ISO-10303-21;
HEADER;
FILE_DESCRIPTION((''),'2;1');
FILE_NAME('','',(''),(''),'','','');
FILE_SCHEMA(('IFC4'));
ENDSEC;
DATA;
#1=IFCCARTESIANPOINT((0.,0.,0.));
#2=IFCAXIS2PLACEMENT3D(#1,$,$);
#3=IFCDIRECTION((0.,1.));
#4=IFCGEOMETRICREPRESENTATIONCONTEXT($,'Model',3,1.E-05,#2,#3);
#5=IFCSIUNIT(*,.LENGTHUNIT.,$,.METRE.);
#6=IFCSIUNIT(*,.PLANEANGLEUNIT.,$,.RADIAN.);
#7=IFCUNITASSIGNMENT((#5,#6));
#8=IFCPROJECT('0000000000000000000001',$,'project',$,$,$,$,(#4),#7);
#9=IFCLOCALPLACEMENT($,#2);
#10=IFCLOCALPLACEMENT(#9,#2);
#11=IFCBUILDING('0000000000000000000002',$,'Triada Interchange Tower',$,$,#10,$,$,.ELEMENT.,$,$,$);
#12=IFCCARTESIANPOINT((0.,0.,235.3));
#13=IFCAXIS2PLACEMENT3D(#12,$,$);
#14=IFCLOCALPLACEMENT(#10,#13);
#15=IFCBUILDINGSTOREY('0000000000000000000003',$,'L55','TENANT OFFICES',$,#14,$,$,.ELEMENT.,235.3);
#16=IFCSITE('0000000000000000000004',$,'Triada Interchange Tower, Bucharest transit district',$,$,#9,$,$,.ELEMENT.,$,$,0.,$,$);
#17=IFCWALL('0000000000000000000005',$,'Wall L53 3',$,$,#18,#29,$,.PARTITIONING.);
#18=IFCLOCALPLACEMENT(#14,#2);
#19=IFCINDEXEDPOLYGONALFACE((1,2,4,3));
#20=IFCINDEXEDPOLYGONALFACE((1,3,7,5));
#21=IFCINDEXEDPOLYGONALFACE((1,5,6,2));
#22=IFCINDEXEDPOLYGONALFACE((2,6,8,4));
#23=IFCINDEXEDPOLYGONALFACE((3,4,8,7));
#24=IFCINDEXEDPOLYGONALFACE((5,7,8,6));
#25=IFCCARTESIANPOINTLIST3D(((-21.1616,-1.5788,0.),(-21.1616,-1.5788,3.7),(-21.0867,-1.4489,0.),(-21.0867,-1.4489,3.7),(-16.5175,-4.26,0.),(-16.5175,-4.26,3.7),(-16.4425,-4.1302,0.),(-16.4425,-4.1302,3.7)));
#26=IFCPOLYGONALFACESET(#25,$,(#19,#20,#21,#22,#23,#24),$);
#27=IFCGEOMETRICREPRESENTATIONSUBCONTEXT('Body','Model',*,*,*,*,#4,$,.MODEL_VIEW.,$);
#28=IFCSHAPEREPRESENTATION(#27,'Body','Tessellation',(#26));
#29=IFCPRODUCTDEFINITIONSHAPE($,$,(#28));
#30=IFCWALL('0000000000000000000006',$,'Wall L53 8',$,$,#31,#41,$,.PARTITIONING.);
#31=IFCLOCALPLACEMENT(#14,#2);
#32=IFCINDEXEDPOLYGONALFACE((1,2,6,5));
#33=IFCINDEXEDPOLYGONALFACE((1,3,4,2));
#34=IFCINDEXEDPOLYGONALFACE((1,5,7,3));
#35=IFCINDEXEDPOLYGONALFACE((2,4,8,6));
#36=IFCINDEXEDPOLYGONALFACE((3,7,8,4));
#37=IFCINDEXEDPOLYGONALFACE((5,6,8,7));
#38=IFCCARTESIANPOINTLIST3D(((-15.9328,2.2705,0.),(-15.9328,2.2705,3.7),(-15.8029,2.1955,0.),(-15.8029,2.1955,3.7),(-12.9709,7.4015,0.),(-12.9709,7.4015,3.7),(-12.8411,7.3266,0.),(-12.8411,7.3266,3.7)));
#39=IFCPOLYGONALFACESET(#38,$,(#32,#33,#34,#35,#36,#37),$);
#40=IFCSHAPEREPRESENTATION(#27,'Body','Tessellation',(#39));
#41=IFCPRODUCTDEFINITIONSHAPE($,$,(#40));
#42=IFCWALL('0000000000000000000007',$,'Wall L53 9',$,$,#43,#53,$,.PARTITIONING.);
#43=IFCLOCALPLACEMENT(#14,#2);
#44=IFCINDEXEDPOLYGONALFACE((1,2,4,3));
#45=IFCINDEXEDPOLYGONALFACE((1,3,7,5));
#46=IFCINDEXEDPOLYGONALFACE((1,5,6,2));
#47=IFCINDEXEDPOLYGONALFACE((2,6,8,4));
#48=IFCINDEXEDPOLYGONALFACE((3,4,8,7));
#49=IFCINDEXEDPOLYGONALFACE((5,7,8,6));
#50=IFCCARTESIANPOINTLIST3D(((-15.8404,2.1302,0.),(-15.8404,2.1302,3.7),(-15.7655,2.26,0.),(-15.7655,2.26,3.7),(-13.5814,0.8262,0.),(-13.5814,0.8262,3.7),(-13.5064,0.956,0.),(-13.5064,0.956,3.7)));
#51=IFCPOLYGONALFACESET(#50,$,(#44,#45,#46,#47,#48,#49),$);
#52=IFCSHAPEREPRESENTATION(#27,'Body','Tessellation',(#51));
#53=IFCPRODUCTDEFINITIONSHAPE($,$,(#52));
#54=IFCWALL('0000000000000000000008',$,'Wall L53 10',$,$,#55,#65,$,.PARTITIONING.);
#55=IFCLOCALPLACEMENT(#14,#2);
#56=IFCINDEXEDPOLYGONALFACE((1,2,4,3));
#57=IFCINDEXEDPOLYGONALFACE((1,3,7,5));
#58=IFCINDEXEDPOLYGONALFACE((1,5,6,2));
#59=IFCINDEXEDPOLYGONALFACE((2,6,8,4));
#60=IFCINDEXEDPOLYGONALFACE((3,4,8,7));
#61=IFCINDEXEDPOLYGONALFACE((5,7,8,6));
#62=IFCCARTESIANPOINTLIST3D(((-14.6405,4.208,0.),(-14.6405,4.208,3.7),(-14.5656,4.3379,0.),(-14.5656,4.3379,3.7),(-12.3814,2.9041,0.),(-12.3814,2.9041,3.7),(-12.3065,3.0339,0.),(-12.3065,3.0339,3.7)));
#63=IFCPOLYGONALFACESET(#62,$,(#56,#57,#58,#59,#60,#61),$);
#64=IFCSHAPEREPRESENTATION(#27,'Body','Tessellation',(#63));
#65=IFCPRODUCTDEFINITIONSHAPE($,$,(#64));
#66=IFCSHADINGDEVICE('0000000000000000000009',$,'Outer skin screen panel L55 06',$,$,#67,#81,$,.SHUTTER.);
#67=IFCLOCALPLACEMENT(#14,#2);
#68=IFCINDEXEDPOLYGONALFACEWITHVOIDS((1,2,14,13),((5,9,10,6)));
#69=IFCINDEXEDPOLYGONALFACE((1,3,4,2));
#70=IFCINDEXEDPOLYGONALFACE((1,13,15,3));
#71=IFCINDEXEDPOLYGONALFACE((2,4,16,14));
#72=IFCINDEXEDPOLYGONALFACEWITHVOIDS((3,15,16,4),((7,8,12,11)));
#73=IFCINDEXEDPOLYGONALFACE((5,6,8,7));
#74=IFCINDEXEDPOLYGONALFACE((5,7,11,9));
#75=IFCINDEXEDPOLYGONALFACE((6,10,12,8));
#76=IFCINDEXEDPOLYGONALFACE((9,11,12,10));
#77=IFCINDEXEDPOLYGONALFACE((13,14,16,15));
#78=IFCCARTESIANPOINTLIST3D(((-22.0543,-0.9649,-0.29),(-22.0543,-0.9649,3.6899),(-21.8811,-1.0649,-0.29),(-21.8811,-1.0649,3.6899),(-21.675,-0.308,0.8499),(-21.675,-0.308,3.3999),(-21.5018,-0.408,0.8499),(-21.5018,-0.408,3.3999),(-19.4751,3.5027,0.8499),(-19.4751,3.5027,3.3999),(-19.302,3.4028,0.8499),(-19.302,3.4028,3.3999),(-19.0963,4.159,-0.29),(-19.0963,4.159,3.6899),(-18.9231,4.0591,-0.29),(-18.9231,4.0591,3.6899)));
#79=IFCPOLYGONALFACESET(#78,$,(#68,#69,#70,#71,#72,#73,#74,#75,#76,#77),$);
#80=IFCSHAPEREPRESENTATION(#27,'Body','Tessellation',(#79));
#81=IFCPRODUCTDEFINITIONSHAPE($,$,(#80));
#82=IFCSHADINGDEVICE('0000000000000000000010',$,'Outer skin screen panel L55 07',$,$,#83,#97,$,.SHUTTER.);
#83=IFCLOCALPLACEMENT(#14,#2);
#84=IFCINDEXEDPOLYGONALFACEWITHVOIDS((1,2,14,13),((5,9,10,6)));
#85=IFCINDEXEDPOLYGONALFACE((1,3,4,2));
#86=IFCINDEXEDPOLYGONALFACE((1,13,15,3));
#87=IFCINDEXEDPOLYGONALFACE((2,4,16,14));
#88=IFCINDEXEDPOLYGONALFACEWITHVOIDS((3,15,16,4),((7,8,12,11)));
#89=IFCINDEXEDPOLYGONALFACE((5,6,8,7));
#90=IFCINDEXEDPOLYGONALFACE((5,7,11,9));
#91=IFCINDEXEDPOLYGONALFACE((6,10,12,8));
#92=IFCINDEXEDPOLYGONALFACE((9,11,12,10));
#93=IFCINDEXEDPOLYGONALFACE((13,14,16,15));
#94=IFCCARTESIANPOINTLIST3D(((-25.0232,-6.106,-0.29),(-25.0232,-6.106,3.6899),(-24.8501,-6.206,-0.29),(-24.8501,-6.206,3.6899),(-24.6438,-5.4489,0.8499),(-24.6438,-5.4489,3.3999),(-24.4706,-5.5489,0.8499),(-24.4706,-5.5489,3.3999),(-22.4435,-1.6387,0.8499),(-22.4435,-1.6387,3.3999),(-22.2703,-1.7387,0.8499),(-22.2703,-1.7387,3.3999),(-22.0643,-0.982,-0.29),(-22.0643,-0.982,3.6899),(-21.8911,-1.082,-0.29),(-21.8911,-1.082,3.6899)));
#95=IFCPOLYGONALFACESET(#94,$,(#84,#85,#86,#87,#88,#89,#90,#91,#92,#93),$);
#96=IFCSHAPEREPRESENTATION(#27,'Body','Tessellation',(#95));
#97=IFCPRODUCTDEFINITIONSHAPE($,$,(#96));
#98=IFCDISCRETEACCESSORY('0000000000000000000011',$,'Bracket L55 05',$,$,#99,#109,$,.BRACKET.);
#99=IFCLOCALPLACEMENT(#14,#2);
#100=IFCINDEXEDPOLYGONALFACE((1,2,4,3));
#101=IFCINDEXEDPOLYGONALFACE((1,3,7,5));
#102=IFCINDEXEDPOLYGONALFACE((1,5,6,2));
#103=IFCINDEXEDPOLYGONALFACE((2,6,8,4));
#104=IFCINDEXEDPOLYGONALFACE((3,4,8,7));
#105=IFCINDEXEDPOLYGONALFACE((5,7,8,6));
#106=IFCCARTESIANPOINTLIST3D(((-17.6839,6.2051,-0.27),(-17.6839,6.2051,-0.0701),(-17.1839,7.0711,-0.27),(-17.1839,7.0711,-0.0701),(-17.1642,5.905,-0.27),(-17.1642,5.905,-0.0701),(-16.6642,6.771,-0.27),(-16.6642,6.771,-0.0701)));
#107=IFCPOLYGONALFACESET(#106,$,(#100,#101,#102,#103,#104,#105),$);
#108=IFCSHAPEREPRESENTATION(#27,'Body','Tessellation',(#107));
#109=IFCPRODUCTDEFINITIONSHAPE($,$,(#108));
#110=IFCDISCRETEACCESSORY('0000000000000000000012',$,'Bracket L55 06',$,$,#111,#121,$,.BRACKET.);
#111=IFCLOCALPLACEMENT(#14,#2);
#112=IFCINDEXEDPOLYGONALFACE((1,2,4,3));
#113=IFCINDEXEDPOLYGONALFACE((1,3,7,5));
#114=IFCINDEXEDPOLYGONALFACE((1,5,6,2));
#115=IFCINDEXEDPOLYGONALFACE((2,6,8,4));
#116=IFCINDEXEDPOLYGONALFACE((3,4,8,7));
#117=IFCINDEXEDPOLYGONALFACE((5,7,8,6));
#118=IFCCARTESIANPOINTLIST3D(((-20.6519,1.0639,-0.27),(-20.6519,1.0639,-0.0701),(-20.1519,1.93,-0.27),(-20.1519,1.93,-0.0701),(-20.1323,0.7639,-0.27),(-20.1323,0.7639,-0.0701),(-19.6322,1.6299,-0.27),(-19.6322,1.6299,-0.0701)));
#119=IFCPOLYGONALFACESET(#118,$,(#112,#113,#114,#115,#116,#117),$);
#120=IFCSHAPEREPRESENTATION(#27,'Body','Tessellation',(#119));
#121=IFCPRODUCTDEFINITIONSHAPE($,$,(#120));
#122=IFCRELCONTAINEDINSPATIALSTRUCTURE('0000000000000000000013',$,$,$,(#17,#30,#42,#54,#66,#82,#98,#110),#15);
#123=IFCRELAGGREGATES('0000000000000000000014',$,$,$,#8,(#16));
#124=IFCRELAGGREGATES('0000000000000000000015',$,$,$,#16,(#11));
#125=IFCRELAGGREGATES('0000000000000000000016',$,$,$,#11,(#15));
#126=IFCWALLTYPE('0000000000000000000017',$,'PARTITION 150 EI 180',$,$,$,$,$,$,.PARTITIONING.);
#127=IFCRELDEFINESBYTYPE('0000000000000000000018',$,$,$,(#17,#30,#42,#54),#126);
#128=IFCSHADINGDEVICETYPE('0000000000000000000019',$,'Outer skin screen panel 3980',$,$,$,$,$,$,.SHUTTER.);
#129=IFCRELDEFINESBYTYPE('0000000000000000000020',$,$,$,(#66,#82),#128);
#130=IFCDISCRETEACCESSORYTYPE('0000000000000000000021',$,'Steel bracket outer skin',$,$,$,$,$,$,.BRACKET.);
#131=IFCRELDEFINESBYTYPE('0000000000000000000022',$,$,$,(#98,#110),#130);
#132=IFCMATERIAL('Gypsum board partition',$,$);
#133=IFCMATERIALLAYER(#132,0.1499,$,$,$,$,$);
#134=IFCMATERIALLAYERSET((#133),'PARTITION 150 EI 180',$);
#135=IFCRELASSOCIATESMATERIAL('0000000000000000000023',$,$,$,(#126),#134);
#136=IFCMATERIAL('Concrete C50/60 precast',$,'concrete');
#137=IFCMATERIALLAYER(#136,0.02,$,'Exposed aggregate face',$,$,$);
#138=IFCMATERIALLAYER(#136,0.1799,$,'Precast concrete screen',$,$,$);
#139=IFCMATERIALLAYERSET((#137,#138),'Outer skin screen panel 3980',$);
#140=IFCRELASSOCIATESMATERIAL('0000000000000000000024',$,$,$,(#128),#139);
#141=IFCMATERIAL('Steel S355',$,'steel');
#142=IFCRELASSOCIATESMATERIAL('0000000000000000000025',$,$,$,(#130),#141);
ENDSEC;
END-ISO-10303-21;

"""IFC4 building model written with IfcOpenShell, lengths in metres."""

from ifc_helpers import new_model, si_unit, direction, frame, frame_2d, origin, origin_2d, place, context, subcontext, project, spatial, polyline, rectangle, outline, extrude, material, layer, layer_set, type_object, element, save


model = new_model("IFC4")

# Units and contexts
model_context = context("Model", 3, precision=1e-05, world=origin(), true_north=direction((0.0, 1.0)))
body_context = subcontext(model_context, "Body", "Model", "MODEL_VIEW")
ifc_project = project(units=[si_unit("LENGTHUNIT", "METRE"), si_unit("PLANEANGLEUNIT", "RADIAN")], contexts=[model_context])

# Site, building, storey
site_placement = place(None, origin())
site = spatial("IfcSite", under=ifc_project, at=site_placement, Name="Triada Interchange Tower, Bucharest transit district", CompositionType="ELEMENT", RefElevation=0.0)
building_placement = place(site_placement, origin())
building = spatial("IfcBuilding", under=site, at=building_placement, Name="Triada Interchange Tower", CompositionType="ELEMENT")
storey_placement = place(building_placement, frame((0.0, 0.0, 235.3)))
storey = spatial("IfcBuildingStorey", under=building, at=storey_placement, Name="L55", Description="TENANT OFFICES", CompositionType="ELEMENT", Elevation=235.3)

# Walls
ifc_material_1 = material(Name="Gypsum board partition")
ifc_layer_1 = layer(ifc_material_1, 0.1499)
ifc_layer_set_1 = layer_set([ifc_layer_1], Name="PARTITION 150 EI 180")
wall_type_1 = type_object("IfcWallType", Name="PARTITION 150 EI 180", PredefinedType="PARTITIONING", material=ifc_layer_set_1)
wall_1_placement = place(storey_placement, frame((-21.124, -1.5139, 0.0), z_axis=(0.0, 0.0, 1.0), x_axis=(0.866032, -0.499988, 0.0)))
element("IfcWall", 1, at=wall_1_placement, inside=storey, type_object=wall_type_1, Name="Wall L53 3", PredefinedType="PARTITIONING", context=body_context, shape_type="SweptSolid", body=[
    extrude(rectangle(XDim=5.3625, YDim=0.1499, at=frame_2d((2.6812, 0.0))), origin(), (0.0, 0.0, 1.0), 3.7),
])
wall_2_placement = place(storey_placement, frame((-15.8679, 2.2329, 0.0), z_axis=(0.0, 0.0, 1.0), x_axis=(0.499933, 0.866064, 0.0)))
element("IfcWall", 2, at=wall_2_placement, inside=storey, type_object=wall_type_1, Name="Wall L53 8", PredefinedType="PARTITIONING", context=body_context, shape_type="SweptSolid", body=[
    extrude(rectangle(XDim=5.9246, YDim=0.1499, at=frame_2d((2.9624, 0.0))), origin(), (0.0, 0.0, 1.0), 3.7),
])
for number, where, z_axis, x_axis, name in (
    (3, (-15.803, 2.1951, 0.0), (0.0, 0.0, 1.0), (0.866075, -0.499914, 0.0), "Wall L53 9"),
    (4, (-14.603, 4.2729, 0.0), (0.0, 0.0, 1.0), (0.866075, -0.499914, 0.0), "Wall L53 10"),
):
    element("IfcWall", number, at=place(storey_placement, frame(where, z_axis=z_axis, x_axis=x_axis)), inside=storey, type_object=wall_type_1, Name=name, PredefinedType="PARTITIONING", context=body_context, shape_type="SweptSolid", body=[
        extrude(rectangle(XDim=2.6084, YDim=0.1499, at=frame_2d((1.3042, 0.0))), origin(), (0.0, 0.0, 1.0), 3.7),
    ])

# Shading devices
ifc_material_2 = material(Name="Concrete C50/60 precast", Category="concrete")
ifc_layer_2 = layer(ifc_material_2, 0.02, Name="Exposed aggregate face")
ifc_layer_3 = layer(ifc_material_2, 0.1799, Name="Precast concrete screen")
ifc_layer_set_2 = layer_set([ifc_layer_2, ifc_layer_3], Name="Outer skin screen panel 3980")
shading_device_type = type_object("IfcShadingDeviceType", Name="Outer skin screen panel 3980", PredefinedType="SHUTTER", material=ifc_layer_set_2)
shading_device_1_placement = place(storey_placement, frame((-18.9231, 4.0591, -0.29), z_axis=(0.0, 0.0, 1.0), x_axis=(-0.499956, -0.866051, 0.0)))
element("IfcShadingDevice", 5, at=shading_device_1_placement, inside=storey, type_object=shading_device_type, Name="Outer skin screen panel L55 06", PredefinedType="SHUTTER", context=body_context, shape_type="SweptSolid", body=[
    extrude(outline(polyline([(0.0, 0.0), (5.9165, 0.0), (5.9165, 3.98), (0.0, 3.98), (0.0, 0.0)]), holes=[polyline([(0.7578, 1.1399), (0.7578, 3.6899), (5.158, 3.6899), (5.158, 1.1399), (0.7578, 1.1399)])]), frame((0.0, 0.0, 0.0), z_axis=(0.0, -1.0, 0.0), x_axis=(1.0, 0.0, 0.0)), (0.0, 0.0, 1.0), 0.2),
])
shading_device_2_placement = place(storey_placement, frame((-21.8911, -1.082, -0.29), z_axis=(0.0, 0.0, 1.0), x_axis=(-0.50008, -0.865979, 0.0)))
element("IfcShadingDevice", 6, at=shading_device_2_placement, inside=storey, type_object=shading_device_type, Name="Outer skin screen panel L55 07", PredefinedType="SHUTTER", context=body_context, shape_type="SweptSolid", body=[
    extrude(outline(polyline([(0.0, 0.0), (5.917, 0.0), (5.917, 3.98), (0.0, 3.98), (0.0, 0.0)]), holes=[polyline([(0.7583, 1.1399), (0.7583, 3.6899), (5.1582, 3.6899), (5.1582, 1.1399), (0.7583, 1.1399)])]), frame((0.0, 0.0, 0.0), z_axis=(0.0, -1.0, 0.0), x_axis=(1.0, 0.0, 0.0)), (0.0, 0.0, 1.0), 0.2),
])

# Discrete accessories
ifc_material_3 = material(Name="Steel S355", Category="steel")
discrete_accessory_type = type_object("IfcDiscreteAccessoryType", Name="Steel bracket outer skin", PredefinedType="BRACKET", material=ifc_material_3)
for number, where, z_axis, x_axis, name in (
    (7, (-17.1741, 6.488, -0.27), (0.0, 0.0, 1.0), (-0.866014, 0.500019, 0.0), "Bracket L55 05"),
    (8, (-20.1421, 1.3469, -0.27), (0.0, 0.0, 1.0), (-0.866014, 0.500019, 0.0), "Bracket L55 06"),
):
    element("IfcDiscreteAccessory", number, at=place(storey_placement, frame(where, z_axis=z_axis, x_axis=x_axis)), inside=storey, type_object=discrete_accessory_type, Name=name, PredefinedType="BRACKET", context=body_context, shape_type="SweptSolid", body=[
        extrude(rectangle(XDim=0.6001, YDim=1.0, at=origin_2d()), origin(), (0.0, 0.0, 1.0), 0.2),
    ])

save(model, "model.ifc")
